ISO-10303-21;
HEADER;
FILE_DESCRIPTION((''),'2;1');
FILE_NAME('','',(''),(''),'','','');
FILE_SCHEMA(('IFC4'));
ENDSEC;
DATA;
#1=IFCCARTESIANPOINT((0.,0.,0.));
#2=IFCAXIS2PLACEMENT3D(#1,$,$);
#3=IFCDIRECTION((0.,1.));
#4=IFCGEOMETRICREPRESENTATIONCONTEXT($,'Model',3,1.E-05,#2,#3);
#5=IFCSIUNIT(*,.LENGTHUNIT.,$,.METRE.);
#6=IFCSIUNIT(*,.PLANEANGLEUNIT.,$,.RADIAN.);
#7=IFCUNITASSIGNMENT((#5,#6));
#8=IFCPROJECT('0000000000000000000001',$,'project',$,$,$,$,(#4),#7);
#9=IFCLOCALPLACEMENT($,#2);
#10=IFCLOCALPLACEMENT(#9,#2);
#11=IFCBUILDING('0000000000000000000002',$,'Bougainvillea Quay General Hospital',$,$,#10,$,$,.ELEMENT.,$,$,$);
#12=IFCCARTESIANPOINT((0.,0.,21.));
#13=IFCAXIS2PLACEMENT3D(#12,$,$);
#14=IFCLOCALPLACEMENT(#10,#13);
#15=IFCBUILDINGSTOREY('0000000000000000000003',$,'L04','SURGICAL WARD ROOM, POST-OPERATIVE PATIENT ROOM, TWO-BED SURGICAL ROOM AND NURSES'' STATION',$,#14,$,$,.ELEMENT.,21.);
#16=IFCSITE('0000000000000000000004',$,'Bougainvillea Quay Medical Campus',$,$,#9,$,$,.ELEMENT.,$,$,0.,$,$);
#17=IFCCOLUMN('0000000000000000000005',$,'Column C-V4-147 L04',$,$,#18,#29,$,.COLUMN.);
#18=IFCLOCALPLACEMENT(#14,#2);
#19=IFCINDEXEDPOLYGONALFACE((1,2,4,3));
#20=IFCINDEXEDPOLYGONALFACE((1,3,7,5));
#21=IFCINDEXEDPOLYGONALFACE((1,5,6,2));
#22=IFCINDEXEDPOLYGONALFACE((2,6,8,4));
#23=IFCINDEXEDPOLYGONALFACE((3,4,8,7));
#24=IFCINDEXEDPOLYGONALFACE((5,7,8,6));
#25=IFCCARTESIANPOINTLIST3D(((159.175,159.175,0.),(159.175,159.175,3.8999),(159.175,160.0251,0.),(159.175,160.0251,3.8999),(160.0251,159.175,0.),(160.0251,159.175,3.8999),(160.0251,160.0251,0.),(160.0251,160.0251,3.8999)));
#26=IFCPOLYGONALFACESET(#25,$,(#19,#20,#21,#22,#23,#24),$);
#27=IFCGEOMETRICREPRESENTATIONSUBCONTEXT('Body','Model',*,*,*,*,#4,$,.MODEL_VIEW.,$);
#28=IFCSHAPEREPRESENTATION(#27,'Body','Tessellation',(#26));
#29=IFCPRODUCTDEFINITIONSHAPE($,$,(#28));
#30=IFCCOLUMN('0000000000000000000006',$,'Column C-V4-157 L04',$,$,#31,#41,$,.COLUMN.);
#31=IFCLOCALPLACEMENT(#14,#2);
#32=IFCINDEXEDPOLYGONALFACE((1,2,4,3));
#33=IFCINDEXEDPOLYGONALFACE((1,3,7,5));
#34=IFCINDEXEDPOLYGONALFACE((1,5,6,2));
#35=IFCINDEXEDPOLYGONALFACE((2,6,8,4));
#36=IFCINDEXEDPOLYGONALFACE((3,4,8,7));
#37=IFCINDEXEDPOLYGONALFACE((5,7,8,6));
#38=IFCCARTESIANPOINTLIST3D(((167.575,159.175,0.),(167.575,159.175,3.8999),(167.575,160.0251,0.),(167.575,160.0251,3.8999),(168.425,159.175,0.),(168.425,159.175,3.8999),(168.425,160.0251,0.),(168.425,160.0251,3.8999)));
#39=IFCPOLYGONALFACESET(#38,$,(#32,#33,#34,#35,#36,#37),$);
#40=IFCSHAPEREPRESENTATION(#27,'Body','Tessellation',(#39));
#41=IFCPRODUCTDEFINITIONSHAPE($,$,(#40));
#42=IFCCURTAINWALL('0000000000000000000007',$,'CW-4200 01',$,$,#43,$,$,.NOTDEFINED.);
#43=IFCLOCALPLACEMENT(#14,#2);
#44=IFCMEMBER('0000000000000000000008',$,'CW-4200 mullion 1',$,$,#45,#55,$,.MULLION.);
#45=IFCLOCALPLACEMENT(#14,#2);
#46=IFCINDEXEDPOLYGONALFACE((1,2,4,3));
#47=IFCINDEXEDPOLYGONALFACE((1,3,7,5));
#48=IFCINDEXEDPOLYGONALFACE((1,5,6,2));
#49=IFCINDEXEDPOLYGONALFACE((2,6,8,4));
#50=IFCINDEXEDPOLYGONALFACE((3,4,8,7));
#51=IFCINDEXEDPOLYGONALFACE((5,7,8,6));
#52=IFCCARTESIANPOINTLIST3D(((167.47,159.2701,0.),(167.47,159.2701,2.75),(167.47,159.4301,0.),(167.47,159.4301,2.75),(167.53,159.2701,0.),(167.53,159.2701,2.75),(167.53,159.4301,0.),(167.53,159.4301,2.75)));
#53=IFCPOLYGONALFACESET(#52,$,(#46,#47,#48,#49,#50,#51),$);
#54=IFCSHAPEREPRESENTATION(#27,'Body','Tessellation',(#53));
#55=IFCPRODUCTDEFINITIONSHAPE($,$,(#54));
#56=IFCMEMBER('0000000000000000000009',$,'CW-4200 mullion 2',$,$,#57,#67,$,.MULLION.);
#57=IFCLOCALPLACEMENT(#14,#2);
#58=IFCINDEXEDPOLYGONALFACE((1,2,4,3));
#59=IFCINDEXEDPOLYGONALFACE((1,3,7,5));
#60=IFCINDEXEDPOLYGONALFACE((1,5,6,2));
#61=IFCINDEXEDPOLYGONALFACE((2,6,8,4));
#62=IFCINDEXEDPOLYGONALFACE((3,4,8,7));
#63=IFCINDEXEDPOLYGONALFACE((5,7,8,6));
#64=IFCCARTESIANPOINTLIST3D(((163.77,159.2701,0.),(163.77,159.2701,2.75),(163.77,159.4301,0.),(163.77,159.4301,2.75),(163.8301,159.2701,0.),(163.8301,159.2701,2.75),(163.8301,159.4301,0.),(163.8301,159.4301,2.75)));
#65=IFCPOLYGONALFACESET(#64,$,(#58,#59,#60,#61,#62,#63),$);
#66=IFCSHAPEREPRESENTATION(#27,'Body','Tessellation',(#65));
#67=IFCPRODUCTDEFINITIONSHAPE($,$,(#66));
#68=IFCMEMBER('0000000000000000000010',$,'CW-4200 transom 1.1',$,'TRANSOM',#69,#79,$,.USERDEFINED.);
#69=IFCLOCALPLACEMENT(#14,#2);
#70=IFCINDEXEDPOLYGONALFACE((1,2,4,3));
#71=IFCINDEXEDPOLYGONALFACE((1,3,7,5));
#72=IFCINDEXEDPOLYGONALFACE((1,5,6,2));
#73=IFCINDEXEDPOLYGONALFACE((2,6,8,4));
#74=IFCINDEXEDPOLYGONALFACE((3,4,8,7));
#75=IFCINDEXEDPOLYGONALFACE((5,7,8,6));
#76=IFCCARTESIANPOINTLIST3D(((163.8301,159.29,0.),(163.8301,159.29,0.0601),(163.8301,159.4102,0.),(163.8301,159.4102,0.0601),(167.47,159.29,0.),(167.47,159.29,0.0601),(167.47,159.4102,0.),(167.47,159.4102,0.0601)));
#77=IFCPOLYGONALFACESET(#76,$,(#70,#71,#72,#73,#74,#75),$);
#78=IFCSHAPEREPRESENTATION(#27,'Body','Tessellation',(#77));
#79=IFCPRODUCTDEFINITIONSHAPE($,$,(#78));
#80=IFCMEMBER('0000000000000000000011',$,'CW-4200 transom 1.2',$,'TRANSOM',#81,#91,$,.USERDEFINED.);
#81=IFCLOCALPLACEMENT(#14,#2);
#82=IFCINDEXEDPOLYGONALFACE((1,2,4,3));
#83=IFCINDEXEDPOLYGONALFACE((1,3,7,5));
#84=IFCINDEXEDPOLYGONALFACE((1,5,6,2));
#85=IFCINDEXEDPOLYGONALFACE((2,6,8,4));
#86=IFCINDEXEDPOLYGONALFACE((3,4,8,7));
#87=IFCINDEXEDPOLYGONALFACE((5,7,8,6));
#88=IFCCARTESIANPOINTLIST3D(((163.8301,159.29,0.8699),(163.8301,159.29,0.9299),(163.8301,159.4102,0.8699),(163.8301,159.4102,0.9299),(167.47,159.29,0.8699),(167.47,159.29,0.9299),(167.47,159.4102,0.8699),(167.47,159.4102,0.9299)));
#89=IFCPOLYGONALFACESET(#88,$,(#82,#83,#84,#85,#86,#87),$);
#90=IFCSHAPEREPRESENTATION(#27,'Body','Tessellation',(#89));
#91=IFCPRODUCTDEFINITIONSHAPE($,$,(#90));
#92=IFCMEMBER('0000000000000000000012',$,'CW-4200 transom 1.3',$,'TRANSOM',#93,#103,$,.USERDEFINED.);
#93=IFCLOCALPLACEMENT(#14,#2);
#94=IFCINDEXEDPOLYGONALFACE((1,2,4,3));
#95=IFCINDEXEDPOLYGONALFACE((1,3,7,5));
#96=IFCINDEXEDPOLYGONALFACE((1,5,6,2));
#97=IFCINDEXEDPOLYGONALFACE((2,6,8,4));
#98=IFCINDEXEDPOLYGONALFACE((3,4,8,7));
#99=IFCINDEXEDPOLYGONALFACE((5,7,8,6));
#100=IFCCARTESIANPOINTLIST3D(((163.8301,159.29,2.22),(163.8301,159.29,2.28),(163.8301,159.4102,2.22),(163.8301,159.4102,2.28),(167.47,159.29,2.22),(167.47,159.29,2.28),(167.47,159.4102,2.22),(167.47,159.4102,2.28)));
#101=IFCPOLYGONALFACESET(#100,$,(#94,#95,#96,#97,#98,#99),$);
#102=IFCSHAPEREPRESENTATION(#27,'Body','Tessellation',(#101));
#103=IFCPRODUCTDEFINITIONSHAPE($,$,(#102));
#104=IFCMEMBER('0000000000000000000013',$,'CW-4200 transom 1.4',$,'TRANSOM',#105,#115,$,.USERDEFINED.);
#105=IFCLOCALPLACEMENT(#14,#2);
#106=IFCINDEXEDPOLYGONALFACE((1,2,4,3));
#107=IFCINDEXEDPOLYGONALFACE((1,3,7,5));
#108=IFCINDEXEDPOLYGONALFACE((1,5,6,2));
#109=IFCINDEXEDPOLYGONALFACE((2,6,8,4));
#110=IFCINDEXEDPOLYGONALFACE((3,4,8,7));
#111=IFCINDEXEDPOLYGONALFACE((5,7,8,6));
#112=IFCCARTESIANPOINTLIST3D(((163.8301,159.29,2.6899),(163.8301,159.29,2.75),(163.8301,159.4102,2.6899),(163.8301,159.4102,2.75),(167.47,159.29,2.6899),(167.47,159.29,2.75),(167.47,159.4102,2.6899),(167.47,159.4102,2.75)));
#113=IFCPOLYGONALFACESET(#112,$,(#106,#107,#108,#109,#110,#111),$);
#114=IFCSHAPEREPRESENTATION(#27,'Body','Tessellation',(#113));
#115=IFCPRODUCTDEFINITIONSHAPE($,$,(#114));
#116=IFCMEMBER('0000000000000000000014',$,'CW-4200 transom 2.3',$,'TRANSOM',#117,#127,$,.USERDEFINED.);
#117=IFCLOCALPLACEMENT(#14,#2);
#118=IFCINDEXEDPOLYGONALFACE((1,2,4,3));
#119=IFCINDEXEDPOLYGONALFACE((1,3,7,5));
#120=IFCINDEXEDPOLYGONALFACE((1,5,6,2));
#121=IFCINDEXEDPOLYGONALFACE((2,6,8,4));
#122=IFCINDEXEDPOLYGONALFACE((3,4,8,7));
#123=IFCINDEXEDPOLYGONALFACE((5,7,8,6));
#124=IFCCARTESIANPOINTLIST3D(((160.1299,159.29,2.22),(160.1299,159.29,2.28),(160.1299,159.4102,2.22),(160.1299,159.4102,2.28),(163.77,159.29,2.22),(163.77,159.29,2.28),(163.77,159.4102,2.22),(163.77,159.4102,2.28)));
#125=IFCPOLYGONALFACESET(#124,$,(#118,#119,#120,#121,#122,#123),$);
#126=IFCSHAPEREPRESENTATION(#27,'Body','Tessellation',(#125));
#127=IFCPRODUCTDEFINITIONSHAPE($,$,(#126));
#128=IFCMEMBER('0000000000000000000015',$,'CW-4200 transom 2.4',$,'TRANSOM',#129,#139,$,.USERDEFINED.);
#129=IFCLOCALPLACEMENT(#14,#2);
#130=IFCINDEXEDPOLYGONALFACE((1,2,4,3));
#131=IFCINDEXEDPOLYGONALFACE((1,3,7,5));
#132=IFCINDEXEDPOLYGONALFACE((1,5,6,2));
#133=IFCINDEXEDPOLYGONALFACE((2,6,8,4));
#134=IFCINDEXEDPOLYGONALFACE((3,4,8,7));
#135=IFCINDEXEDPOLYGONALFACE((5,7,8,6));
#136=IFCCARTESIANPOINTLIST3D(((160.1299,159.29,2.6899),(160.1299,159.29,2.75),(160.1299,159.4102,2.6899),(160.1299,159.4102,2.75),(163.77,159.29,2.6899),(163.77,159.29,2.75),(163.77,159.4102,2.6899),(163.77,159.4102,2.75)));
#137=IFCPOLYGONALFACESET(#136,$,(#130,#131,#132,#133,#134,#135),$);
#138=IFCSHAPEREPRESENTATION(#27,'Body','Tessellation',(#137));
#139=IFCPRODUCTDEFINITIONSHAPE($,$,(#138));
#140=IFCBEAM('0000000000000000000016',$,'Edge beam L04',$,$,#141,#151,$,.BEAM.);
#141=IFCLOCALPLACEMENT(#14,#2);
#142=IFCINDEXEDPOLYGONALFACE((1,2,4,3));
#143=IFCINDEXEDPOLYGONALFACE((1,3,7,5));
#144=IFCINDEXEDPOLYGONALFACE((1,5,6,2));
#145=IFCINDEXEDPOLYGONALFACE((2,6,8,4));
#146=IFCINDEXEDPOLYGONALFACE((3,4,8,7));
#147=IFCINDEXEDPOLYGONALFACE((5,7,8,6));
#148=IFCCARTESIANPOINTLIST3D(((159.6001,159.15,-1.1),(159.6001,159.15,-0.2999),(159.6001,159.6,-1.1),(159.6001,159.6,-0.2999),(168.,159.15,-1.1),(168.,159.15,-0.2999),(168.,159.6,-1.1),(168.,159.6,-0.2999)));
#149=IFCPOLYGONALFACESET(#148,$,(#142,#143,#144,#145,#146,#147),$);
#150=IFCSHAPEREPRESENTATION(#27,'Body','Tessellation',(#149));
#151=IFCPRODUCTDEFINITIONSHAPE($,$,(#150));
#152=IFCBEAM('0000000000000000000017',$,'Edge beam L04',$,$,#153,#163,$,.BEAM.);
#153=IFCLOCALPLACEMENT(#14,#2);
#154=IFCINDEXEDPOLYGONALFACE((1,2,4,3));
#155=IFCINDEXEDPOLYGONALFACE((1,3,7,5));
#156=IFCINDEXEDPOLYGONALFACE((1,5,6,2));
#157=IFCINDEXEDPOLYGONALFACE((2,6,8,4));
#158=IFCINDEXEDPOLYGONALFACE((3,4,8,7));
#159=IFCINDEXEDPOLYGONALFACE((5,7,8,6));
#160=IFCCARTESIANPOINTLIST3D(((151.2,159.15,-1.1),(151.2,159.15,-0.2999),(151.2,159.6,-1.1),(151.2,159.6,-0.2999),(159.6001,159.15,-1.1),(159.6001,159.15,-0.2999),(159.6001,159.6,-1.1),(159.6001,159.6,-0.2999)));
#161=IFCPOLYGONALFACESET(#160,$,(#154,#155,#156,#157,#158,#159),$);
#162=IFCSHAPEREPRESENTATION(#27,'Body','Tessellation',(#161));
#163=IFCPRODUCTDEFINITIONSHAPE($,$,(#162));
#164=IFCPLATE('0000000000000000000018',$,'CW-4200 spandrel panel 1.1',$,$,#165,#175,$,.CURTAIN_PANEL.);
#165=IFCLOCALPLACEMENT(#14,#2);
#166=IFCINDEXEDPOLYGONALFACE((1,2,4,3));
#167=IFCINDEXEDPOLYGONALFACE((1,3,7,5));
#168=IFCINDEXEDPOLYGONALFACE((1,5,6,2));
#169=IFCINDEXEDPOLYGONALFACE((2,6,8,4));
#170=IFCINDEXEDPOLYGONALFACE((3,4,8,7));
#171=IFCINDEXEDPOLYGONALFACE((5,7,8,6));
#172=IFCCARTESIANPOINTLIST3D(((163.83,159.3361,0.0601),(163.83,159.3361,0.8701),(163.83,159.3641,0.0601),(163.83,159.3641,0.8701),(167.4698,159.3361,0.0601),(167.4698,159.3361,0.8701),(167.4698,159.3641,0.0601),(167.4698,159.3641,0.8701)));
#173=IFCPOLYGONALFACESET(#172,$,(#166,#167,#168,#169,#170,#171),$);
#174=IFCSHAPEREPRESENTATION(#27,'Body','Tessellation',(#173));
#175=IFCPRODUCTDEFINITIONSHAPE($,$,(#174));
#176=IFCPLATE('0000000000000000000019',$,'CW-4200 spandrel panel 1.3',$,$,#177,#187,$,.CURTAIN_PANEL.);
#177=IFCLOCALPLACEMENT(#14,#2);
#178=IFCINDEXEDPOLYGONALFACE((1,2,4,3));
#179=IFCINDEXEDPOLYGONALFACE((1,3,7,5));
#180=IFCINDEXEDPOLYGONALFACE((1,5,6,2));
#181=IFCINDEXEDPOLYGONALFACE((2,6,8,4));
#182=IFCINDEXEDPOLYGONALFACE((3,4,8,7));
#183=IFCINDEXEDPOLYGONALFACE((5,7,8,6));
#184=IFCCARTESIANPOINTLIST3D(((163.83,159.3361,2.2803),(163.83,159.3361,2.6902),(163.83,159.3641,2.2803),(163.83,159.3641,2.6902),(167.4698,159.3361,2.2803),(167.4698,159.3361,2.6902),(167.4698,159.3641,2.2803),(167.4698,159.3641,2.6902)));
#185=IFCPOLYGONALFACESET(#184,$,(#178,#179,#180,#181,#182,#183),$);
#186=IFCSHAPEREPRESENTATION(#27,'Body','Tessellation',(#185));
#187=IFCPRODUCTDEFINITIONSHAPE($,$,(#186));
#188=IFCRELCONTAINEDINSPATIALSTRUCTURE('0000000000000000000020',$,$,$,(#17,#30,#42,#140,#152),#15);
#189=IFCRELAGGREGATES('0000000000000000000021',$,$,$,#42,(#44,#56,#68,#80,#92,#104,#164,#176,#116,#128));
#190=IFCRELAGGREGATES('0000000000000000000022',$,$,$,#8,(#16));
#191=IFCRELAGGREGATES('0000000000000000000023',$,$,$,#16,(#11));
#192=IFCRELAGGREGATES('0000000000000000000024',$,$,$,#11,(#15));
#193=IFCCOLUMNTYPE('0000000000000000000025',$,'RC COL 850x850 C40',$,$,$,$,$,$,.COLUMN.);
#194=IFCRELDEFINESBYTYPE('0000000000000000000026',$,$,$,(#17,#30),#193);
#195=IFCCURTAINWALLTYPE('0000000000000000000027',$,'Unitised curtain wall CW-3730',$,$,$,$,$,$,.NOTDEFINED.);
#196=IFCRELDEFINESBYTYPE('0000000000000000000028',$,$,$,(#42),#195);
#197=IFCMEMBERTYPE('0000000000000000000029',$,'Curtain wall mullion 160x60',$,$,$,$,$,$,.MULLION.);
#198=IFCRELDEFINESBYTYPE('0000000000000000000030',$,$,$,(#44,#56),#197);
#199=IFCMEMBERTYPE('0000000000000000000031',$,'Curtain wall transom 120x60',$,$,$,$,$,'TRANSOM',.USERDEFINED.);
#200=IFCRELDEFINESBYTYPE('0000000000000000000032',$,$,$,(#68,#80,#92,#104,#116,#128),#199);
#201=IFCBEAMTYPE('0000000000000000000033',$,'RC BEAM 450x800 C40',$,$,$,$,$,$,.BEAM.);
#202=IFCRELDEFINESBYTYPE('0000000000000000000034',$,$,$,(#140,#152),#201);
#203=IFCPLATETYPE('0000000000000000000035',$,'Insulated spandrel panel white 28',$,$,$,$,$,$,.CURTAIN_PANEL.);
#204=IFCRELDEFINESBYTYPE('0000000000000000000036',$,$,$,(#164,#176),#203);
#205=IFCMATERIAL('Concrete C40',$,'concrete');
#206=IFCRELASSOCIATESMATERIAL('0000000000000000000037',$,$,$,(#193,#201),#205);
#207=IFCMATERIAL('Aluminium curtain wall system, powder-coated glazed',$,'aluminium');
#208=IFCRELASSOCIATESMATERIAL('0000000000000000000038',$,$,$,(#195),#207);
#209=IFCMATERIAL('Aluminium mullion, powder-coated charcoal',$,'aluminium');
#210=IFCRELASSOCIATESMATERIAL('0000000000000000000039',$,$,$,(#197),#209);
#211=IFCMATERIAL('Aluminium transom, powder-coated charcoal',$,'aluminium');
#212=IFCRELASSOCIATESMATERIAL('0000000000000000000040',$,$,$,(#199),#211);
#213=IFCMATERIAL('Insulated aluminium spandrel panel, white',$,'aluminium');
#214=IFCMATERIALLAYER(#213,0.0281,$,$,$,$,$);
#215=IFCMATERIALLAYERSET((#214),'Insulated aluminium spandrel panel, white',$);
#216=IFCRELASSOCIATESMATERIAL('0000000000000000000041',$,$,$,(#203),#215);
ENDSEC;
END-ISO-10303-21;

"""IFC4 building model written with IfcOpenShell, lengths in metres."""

from ifc_helpers import new_model, si_unit, direction, frame, origin, origin_2d, place, context, subcontext, project, spatial, rectangle, extrude, material, layer, layer_set, material_profile, profile_set, type_object, element, aggregate, save


model = new_model("IFC4")

# Units and contexts
model_context = context("Model", 3, precision=1e-05, world=origin(), true_north=direction((0.0, 1.0)))
body_context = subcontext(model_context, "Body", "Model", "MODEL_VIEW")
ifc_project = project(units=[si_unit("LENGTHUNIT", "METRE"), si_unit("PLANEANGLEUNIT", "RADIAN")], contexts=[model_context])

# Site, building, storey
site_placement = place(None, origin())
site = spatial("IfcSite", under=ifc_project, at=site_placement, Name="Bougainvillea Quay Medical Campus", CompositionType="ELEMENT", RefElevation=0.0)
building_placement = place(site_placement, origin())
building = spatial("IfcBuilding", under=site, at=building_placement, Name="Bougainvillea Quay General Hospital", CompositionType="ELEMENT")
storey_placement = place(building_placement, frame((0.0, 0.0, 21.0)))
storey = spatial("IfcBuildingStorey", under=building, at=storey_placement, Name="L04", Description="SURGICAL WARD ROOM, POST-OPERATIVE PATIENT ROOM, TWO-BED SURGICAL ROOM AND NURSES' STATION", CompositionType="ELEMENT", Elevation=21.0)

# Columns
ifc_material_1 = material(Name="Concrete C40", Category="concrete")
ifc_material_profile_1 = material_profile(ifc_material_1, rectangle(XDim=0.8501, YDim=0.8501, at=origin_2d()))
ifc_profile_set_1 = profile_set([ifc_material_profile_1], Name="Concrete C40")
column_type = type_object("IfcColumnType", Name="RC COL 850x850 C40", PredefinedType="COLUMN", material=ifc_profile_set_1)
for number, where, z_axis, x_axis, name in (
    (1, (159.6001, 159.6001, 0.0), (0.0, 0.0, 1.0), (1.0, 0.0, 0.0), "Column C-V4-147 L04"),
    (2, (168.0, 159.6001, 0.0), (0.0, 0.0, 1.0), (1.0, 0.0, 0.0), "Column C-V4-157 L04"),
):
    element("IfcColumn", number, at=place(storey_placement, frame(where, z_axis=z_axis, x_axis=x_axis)), inside=storey, type_object=column_type, Name=name, PredefinedType="COLUMN", context=body_context, shape_type="SweptSolid", body=[
        extrude(rectangle(XDim=0.8501, YDim=0.8501, at=origin_2d()), origin(), (0.0, 0.0, 1.0), 3.8999),
    ])

# Curtain wall, members
ifc_material_2 = material(Name="Aluminium curtain wall system, powder-coated glazed", Category="aluminium")
curtain_wall_type = type_object("IfcCurtainWallType", Name="Unitised curtain wall CW-3730", PredefinedType="NOTDEFINED", material=ifc_material_2)
curtain_wall_placement = place(storey_placement, origin())
curtain_wall = element("IfcCurtainWall", 3, at=curtain_wall_placement, inside=storey, type_object=curtain_wall_type, Name="CW-4200 01", PredefinedType="NOTDEFINED")
ifc_material_3 = material(Name="Aluminium mullion, powder-coated charcoal", Category="aluminium")
ifc_material_profile_2 = material_profile(ifc_material_3, rectangle(XDim=0.1599, YDim=0.0601, at=origin_2d()))
ifc_profile_set_2 = profile_set([ifc_material_profile_2], Name="Aluminium mullion, powder-coated charcoal")
member_type_1 = type_object("IfcMemberType", Name="Curtain wall mullion 160x60", PredefinedType="MULLION", material=ifc_profile_set_2)
member_1_placement = place(storey_placement, frame((167.5, 159.3501, 0.0), z_axis=(0.0, 0.0, 1.0), x_axis=(0.0, -1.0, 0.0)))
member_1 = element("IfcMember", 4, at=member_1_placement, type_object=member_type_1, Name="CW-4200 mullion 1", PredefinedType="MULLION", context=body_context, shape_type="SweptSolid", body=[
    extrude(rectangle(XDim=0.1599, YDim=0.0601, at=origin_2d()), origin(), (0.0, 0.0, 1.0), 2.75),
])
member_2_placement = place(storey_placement, frame((163.8, 159.3501, 0.0), z_axis=(0.0, 0.0, 1.0), x_axis=(0.0, -1.0, 0.0)))
member_2 = element("IfcMember", 5, at=member_2_placement, type_object=member_type_1, Name="CW-4200 mullion 2", PredefinedType="MULLION", context=body_context, shape_type="SweptSolid", body=[
    extrude(rectangle(XDim=0.1599, YDim=0.0601, at=origin_2d()), origin(), (0.0, 0.0, 1.0), 2.75),
])
ifc_material_4 = material(Name="Aluminium transom, powder-coated charcoal", Category="aluminium")
ifc_material_profile_3 = material_profile(ifc_material_4, rectangle(XDim=0.1201, YDim=0.0601, at=origin_2d()))
ifc_profile_set_3 = profile_set([ifc_material_profile_3], Name="Aluminium transom, powder-coated charcoal")
member_type_2 = type_object("IfcMemberType", Name="Curtain wall transom 120x60", ElementType="TRANSOM", PredefinedType="USERDEFINED", material=ifc_profile_set_3)
member_3_placement = place(storey_placement, frame((167.47, 159.3501, 0.03), z_axis=(-1.0, 0.0, 0.0), x_axis=(0.0, -1.0, 0.0)))
member_3 = element("IfcMember", 6, at=member_3_placement, type_object=member_type_2, Name="CW-4200 transom 1.1", ObjectType="TRANSOM", PredefinedType="USERDEFINED", context=body_context, shape_type="SweptSolid", body=[
    extrude(rectangle(XDim=0.1201, YDim=0.0601, at=origin_2d()), origin(), (0.0, 0.0, 1.0), 3.6399),
])
member_4_placement = place(storey_placement, frame((167.47, 159.3501, 0.8999), z_axis=(-1.0, 0.0, 0.0), x_axis=(0.0, -1.0, 0.0)))
member_4 = element("IfcMember", 7, at=member_4_placement, type_object=member_type_2, Name="CW-4200 transom 1.2", ObjectType="TRANSOM", PredefinedType="USERDEFINED", context=body_context, shape_type="SweptSolid", body=[
    extrude(rectangle(XDim=0.1201, YDim=0.0601, at=origin_2d()), origin(), (0.0, 0.0, 1.0), 3.6399),
])
member_5_placement = place(storey_placement, frame((167.47, 159.3501, 2.25), z_axis=(-1.0, 0.0, 0.0), x_axis=(0.0, -1.0, 0.0)))
member_5 = element("IfcMember", 8, at=member_5_placement, type_object=member_type_2, Name="CW-4200 transom 1.3", ObjectType="TRANSOM", PredefinedType="USERDEFINED", context=body_context, shape_type="SweptSolid", body=[
    extrude(rectangle(XDim=0.1201, YDim=0.0601, at=origin_2d()), origin(), (0.0, 0.0, 1.0), 3.6399),
])
member_6_placement = place(storey_placement, frame((167.47, 159.3501, 2.72), z_axis=(-1.0, 0.0, 0.0), x_axis=(0.0, -1.0, 0.0)))
member_6 = element("IfcMember", 9, at=member_6_placement, type_object=member_type_2, Name="CW-4200 transom 1.4", ObjectType="TRANSOM", PredefinedType="USERDEFINED", context=body_context, shape_type="SweptSolid", body=[
    extrude(rectangle(XDim=0.1201, YDim=0.0601, at=origin_2d()), origin(), (0.0, 0.0, 1.0), 3.6399),
])
member_7_placement = place(storey_placement, frame((163.77, 159.3501, 2.25), z_axis=(-1.0, 0.0, 0.0), x_axis=(0.0, -1.0, 0.0)))
member_7 = element("IfcMember", 10, at=member_7_placement, type_object=member_type_2, Name="CW-4200 transom 2.3", ObjectType="TRANSOM", PredefinedType="USERDEFINED", context=body_context, shape_type="SweptSolid", body=[
    extrude(rectangle(XDim=0.1201, YDim=0.0601, at=origin_2d()), origin(), (0.0, 0.0, 1.0), 3.6401),
])
member_8_placement = place(storey_placement, frame((163.77, 159.3501, 2.72), z_axis=(-1.0, 0.0, 0.0), x_axis=(0.0, -1.0, 0.0)))
member_8 = element("IfcMember", 11, at=member_8_placement, type_object=member_type_2, Name="CW-4200 transom 2.4", ObjectType="TRANSOM", PredefinedType="USERDEFINED", context=body_context, shape_type="SweptSolid", body=[
    extrude(rectangle(XDim=0.1201, YDim=0.0601, at=origin_2d()), origin(), (0.0, 0.0, 1.0), 3.6401),
])

# Beams
ifc_material_profile_4 = material_profile(ifc_material_1, rectangle(XDim=0.45, YDim=0.8, at=origin_2d()))
ifc_profile_set_4 = profile_set([ifc_material_profile_4], Name="Concrete C40")
beam_type = type_object("IfcBeamType", Name="RC BEAM 450x800 C40", PredefinedType="BEAM", material=ifc_profile_set_4)
beam_1_placement = place(storey_placement, frame((168.0, 159.375, -0.7), z_axis=(-1.0, 0.0, 0.0), x_axis=(0.0, -1.0, 0.0)))
element("IfcBeam", 12, at=beam_1_placement, inside=storey, type_object=beam_type, Name="Edge beam L04", PredefinedType="BEAM", context=body_context, shape_type="SweptSolid", body=[
    extrude(rectangle(XDim=0.45, YDim=0.8, at=origin_2d()), origin(), (0.0, 0.0, 1.0), 8.3999),
])
beam_2_placement = place(storey_placement, frame((159.6001, 159.375, -0.7), z_axis=(-1.0, 0.0, 0.0), x_axis=(0.0, -1.0, 0.0)))
element("IfcBeam", 13, at=beam_2_placement, inside=storey, type_object=beam_type, Name="Edge beam L04", PredefinedType="BEAM", context=body_context, shape_type="SweptSolid", body=[
    extrude(rectangle(XDim=0.45, YDim=0.8, at=origin_2d()), origin(), (0.0, 0.0, 1.0), 8.4001),
])

# Plates
ifc_material_5 = material(Name="Insulated aluminium spandrel panel, white", Category="aluminium")
ifc_layer_1 = layer(ifc_material_5, 0.0281)
ifc_layer_set_1 = layer_set([ifc_layer_1], Name="Insulated aluminium spandrel panel, white")
plate_type_1 = type_object("IfcPlateType", Name="Insulated spandrel panel white 28", PredefinedType="CURTAIN_PANEL", material=ifc_layer_set_1)
plate_1_placement = place(storey_placement, frame((165.6499, 159.3501, 0.0601), z_axis=(0.0, 0.0, 1.0), x_axis=(-1.0, 0.0, 0.0)))
plate_1 = element("IfcPlate", 14, at=plate_1_placement, type_object=plate_type_1, Name="CW-4200 spandrel panel 1.1", PredefinedType="CURTAIN_PANEL", context=body_context, shape_type="SweptSolid", body=[
    extrude(rectangle(XDim=3.6399, YDim=0.0281, at=origin_2d()), origin(), (0.0, 0.0, 1.0), 0.8101),
])
plate_2_placement = place(storey_placement, frame((165.6499, 159.3501, 2.2803), z_axis=(0.0, 0.0, 1.0), x_axis=(-1.0, 0.0, 0.0)))
plate_2 = element("IfcPlate", 15, at=plate_2_placement, type_object=plate_type_1, Name="CW-4200 spandrel panel 1.3", PredefinedType="CURTAIN_PANEL", context=body_context, shape_type="SweptSolid", body=[
    extrude(rectangle(XDim=3.6399, YDim=0.0281, at=origin_2d()), origin(), (0.0, 0.0, 1.0), 0.4099),
])
aggregate(curtain_wall, [member_1, member_2, member_3, member_4, member_5, member_6, plate_1, plate_2, member_7, member_8])

save(model, "model.ifc")
